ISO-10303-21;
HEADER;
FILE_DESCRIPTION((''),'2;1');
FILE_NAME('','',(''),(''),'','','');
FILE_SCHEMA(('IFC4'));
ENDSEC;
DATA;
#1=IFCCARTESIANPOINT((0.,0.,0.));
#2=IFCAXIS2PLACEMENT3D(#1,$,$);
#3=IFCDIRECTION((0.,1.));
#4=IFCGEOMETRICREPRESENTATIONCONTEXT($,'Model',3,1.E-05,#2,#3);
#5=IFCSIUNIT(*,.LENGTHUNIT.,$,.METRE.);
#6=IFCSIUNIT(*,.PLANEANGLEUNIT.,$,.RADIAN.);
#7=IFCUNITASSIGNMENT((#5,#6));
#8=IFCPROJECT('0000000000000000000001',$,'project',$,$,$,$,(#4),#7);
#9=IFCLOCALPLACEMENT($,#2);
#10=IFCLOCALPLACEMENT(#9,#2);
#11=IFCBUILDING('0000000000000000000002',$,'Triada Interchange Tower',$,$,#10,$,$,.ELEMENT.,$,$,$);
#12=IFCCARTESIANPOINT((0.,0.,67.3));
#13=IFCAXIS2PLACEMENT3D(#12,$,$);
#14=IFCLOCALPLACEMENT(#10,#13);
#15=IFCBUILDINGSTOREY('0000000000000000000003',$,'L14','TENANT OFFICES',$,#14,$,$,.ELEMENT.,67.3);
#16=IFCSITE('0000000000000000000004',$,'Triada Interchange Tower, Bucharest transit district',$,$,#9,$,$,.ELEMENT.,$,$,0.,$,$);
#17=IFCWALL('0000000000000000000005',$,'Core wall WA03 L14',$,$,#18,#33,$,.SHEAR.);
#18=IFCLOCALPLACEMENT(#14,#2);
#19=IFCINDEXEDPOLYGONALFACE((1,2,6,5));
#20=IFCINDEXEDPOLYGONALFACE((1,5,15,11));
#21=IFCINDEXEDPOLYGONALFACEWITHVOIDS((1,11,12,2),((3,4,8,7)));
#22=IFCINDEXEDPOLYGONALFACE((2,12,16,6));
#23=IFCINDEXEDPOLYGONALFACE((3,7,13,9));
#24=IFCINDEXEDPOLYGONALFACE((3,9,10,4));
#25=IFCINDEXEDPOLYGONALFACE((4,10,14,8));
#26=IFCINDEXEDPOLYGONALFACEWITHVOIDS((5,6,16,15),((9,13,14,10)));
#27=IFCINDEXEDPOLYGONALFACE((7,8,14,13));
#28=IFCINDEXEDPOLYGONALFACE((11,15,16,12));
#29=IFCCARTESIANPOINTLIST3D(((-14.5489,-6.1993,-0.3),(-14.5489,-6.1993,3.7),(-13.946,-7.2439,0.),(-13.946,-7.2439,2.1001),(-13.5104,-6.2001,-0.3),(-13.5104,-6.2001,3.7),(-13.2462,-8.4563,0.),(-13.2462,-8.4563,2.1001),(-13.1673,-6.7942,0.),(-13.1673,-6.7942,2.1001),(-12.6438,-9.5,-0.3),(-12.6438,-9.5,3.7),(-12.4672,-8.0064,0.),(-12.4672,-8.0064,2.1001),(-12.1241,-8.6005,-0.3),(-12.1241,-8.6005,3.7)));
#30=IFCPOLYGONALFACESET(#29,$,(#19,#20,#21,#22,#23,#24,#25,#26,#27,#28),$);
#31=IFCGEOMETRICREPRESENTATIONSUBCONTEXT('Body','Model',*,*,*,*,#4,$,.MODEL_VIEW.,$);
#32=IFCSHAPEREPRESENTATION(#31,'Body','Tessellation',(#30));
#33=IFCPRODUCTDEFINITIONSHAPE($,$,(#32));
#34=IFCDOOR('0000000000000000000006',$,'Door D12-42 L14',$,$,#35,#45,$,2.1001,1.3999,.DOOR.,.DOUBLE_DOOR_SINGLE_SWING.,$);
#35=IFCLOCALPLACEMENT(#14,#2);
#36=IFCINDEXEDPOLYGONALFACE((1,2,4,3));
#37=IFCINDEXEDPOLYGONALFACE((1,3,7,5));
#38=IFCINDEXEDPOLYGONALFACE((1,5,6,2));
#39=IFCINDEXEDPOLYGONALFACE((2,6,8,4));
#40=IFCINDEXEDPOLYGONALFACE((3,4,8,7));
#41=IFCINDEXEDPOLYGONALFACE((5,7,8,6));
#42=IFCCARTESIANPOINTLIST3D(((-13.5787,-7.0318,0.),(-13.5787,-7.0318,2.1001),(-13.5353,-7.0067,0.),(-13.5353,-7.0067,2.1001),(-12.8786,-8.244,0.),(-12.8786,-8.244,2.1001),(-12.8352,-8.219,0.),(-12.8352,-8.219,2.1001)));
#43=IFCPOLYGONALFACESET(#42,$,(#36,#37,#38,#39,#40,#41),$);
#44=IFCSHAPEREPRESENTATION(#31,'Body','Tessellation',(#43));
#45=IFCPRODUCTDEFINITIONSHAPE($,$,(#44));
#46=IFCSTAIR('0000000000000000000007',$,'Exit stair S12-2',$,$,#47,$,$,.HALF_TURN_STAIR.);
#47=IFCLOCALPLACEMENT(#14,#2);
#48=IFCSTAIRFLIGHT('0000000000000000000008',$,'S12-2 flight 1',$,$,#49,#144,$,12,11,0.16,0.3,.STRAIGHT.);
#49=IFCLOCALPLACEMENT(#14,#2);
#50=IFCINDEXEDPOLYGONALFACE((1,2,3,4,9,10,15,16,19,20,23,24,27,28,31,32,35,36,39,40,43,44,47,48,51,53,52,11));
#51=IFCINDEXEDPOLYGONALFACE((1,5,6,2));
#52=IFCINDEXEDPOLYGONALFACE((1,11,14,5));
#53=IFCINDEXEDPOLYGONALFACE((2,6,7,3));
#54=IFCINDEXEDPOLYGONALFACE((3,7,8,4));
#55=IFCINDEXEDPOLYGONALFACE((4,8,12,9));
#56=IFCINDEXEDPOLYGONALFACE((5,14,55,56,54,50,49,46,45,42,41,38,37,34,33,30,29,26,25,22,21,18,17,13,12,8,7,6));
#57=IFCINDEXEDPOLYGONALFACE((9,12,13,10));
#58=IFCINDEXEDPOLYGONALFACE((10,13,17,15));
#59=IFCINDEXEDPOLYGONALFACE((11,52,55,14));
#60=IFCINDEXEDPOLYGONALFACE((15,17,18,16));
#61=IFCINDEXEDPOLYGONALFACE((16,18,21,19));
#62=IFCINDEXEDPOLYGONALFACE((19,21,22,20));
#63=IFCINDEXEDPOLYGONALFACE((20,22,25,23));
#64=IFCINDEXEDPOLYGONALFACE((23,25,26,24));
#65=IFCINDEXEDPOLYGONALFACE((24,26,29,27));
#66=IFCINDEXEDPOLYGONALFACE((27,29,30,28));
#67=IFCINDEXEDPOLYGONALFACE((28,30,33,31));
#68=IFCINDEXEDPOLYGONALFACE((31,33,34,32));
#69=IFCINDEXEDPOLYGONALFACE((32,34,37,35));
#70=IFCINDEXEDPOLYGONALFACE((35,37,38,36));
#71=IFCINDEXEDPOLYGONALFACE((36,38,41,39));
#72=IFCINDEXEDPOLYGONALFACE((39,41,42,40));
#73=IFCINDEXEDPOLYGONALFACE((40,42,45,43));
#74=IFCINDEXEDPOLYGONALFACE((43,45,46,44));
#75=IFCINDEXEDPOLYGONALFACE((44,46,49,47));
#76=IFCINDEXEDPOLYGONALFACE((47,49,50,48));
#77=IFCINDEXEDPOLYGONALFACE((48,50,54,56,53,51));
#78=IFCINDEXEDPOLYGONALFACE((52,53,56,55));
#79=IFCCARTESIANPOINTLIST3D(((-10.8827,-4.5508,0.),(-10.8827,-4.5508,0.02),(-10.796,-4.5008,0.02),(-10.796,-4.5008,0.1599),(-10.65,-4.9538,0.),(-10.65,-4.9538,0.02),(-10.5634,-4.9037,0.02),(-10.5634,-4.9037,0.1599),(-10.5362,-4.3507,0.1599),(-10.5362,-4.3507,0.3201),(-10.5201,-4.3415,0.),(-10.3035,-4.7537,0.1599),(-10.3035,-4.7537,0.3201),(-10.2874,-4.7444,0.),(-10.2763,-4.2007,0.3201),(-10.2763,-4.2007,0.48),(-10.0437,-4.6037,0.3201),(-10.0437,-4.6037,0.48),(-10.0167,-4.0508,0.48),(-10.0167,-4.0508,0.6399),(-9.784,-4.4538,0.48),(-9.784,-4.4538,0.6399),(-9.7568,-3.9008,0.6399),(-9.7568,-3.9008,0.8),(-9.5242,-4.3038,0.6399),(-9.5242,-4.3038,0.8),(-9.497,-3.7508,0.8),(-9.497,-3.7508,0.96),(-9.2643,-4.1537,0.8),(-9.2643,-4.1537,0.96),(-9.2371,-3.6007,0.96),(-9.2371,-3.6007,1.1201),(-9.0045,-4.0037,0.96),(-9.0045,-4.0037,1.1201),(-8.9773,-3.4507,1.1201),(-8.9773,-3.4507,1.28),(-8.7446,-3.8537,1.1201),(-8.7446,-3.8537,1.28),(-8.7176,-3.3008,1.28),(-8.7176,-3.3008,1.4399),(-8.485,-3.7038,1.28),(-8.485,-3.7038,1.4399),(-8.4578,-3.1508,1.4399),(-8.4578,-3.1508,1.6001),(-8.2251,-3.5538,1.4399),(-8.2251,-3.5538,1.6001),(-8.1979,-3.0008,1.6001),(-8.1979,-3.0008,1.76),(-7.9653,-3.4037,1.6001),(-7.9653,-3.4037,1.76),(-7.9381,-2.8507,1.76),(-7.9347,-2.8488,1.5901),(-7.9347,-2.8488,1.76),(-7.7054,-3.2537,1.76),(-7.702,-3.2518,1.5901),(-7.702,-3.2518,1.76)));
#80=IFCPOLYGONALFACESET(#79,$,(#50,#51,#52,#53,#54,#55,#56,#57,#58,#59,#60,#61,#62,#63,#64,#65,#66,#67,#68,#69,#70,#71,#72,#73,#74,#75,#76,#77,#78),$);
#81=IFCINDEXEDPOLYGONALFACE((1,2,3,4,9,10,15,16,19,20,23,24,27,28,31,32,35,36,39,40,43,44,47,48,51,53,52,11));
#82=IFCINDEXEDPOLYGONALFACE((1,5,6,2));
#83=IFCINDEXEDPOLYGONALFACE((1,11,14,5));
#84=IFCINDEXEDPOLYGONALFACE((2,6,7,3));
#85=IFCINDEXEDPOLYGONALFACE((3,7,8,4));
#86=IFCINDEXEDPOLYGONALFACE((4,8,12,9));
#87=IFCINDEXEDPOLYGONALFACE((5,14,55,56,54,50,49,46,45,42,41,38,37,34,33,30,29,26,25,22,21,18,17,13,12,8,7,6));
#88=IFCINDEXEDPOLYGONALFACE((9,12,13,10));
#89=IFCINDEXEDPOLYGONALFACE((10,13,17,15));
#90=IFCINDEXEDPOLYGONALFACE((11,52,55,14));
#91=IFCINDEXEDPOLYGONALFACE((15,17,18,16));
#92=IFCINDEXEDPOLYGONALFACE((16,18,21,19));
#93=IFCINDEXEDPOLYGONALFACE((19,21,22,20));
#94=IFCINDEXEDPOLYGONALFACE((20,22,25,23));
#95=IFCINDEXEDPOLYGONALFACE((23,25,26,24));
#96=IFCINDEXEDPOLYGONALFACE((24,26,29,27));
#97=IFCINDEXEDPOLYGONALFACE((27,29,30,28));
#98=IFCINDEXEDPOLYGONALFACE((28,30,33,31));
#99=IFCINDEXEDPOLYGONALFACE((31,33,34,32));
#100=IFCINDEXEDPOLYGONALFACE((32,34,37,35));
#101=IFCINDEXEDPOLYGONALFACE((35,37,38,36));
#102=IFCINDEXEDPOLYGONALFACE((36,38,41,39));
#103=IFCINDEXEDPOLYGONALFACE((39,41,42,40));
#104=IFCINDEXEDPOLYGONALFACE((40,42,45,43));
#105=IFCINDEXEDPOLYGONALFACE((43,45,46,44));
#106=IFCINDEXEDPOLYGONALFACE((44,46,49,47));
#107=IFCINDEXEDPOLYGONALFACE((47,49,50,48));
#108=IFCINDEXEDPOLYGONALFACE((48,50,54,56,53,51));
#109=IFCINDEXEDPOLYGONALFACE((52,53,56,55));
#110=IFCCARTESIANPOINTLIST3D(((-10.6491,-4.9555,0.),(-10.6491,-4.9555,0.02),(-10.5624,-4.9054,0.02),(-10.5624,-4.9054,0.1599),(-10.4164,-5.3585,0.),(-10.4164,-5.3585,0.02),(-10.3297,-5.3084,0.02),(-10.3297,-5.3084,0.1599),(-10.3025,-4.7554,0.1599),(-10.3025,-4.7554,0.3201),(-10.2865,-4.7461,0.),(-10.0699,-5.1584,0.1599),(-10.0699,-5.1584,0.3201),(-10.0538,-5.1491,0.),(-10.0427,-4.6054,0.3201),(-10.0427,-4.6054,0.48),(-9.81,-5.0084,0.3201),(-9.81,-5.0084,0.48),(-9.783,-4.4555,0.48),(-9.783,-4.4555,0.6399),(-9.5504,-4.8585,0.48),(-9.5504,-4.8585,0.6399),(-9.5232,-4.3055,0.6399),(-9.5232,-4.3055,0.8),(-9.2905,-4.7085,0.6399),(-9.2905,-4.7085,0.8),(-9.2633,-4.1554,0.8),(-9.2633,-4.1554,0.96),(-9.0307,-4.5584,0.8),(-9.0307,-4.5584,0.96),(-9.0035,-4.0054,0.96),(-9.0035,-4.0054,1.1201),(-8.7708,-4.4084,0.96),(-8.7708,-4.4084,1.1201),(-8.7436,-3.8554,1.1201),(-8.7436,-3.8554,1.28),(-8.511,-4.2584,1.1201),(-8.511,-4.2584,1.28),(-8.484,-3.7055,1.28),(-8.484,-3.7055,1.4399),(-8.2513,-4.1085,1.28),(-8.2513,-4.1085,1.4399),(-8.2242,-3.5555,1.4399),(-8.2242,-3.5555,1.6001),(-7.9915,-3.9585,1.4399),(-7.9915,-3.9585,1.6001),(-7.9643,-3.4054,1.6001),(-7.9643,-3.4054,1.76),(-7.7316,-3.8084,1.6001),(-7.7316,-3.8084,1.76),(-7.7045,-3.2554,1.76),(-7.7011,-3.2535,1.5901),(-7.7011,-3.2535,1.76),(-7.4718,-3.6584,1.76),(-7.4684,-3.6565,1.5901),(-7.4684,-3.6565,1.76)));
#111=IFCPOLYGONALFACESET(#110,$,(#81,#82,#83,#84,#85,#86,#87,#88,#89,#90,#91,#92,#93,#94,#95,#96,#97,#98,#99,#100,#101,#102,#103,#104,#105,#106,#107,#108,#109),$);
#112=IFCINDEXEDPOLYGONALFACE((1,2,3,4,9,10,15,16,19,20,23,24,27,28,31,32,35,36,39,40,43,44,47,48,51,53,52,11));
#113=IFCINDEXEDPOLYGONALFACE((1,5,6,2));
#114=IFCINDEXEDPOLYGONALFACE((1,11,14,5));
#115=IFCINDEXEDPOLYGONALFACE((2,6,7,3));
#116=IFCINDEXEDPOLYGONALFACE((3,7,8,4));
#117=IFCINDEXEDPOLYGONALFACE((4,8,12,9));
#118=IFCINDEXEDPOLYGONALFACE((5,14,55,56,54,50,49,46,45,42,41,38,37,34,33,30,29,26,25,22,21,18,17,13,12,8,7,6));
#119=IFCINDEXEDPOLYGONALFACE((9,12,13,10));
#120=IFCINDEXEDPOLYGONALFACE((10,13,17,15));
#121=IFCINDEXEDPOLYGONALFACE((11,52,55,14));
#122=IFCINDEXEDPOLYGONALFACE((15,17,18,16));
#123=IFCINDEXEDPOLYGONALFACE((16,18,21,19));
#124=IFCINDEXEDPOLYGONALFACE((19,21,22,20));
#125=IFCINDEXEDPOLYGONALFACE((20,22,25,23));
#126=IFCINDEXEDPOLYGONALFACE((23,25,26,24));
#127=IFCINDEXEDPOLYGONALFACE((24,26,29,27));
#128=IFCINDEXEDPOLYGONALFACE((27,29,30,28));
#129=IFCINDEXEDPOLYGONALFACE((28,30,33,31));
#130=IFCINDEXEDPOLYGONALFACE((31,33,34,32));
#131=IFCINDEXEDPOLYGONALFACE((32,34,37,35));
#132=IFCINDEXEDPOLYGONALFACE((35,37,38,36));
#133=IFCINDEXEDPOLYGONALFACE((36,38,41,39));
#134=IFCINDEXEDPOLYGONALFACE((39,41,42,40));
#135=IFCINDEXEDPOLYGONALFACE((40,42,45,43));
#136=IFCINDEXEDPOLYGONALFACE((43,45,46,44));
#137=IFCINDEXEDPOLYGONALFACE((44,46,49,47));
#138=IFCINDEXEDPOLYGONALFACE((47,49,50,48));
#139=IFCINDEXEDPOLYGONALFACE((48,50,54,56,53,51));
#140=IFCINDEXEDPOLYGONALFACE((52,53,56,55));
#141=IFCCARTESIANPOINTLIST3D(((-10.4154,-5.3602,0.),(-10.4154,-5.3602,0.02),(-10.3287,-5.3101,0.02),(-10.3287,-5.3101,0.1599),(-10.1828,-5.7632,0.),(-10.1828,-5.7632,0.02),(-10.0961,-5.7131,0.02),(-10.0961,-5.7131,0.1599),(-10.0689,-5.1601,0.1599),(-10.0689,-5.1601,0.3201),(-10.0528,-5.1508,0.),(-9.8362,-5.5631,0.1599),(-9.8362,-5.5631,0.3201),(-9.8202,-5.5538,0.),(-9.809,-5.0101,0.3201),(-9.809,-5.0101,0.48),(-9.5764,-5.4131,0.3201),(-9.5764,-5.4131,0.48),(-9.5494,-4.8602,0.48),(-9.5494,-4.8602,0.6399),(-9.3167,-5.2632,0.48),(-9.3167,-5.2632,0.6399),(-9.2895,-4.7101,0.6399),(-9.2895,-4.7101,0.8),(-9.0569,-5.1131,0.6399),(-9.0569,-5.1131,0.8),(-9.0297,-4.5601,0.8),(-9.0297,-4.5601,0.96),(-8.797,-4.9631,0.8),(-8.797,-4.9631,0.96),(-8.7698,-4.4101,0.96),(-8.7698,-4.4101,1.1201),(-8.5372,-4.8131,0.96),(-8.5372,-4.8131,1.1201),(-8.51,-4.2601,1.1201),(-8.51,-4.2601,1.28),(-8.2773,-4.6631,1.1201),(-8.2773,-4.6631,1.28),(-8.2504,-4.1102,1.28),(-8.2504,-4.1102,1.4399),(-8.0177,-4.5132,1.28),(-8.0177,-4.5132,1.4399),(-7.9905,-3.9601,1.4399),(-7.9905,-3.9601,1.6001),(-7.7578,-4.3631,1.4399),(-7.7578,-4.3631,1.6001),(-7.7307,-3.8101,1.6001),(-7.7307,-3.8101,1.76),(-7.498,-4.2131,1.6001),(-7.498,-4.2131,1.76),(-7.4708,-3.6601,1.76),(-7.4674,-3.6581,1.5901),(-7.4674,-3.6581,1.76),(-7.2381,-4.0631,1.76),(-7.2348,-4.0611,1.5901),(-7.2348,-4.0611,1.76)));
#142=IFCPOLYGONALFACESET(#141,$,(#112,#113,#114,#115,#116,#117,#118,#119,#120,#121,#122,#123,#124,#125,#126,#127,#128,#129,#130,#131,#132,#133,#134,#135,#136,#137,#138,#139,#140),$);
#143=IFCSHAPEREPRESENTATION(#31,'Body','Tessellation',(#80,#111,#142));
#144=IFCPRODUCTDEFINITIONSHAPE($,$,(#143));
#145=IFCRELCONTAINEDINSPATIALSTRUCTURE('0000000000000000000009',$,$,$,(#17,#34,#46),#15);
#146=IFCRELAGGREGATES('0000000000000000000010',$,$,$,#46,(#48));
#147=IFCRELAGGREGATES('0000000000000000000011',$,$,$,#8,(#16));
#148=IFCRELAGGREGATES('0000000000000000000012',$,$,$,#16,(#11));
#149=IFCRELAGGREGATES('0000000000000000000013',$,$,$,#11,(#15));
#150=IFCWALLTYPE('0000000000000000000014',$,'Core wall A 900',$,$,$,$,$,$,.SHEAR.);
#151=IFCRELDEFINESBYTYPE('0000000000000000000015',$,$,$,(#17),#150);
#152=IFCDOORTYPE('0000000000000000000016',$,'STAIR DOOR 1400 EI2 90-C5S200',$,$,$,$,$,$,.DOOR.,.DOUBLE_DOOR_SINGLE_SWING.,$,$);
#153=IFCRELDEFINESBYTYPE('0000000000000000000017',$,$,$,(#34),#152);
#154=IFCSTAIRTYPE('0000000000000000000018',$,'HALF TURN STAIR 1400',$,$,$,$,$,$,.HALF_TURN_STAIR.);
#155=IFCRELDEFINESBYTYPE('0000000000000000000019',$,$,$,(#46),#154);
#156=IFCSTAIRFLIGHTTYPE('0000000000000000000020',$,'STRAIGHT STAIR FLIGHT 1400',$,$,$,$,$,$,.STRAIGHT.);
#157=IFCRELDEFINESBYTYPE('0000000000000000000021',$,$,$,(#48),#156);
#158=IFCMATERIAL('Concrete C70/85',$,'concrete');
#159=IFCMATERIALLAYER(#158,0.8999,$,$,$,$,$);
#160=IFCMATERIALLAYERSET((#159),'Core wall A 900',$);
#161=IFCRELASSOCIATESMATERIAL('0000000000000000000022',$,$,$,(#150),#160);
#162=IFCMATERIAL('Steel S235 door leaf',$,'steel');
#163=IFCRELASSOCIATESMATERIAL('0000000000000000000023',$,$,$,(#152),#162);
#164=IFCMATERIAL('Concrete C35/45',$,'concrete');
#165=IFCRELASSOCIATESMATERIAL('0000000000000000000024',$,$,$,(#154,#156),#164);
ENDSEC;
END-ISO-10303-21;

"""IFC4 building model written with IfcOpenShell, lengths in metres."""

from ifc_helpers import new_model, si_unit, direction, frame, frame_2d, origin, place, context, subcontext, project, spatial, polyline, rectangle, outline, extrude, material, layer, layer_set, type_object, element, fill, aggregate, save


model = new_model("IFC4")

# Units and contexts
model_context = context("Model", 3, precision=1e-05, world=origin(), true_north=direction((0.0, 1.0)))
body_context = subcontext(model_context, "Body", "Model", "MODEL_VIEW")
ifc_project = project(units=[si_unit("LENGTHUNIT", "METRE"), si_unit("PLANEANGLEUNIT", "RADIAN")], contexts=[model_context])

# Site, building, storey
site_placement = place(None, origin())
site = spatial("IfcSite", under=ifc_project, at=site_placement, Name="Triada Interchange Tower, Bucharest transit district", CompositionType="ELEMENT", RefElevation=0.0)
building_placement = place(site_placement, origin())
building = spatial("IfcBuilding", under=site, at=building_placement, Name="Triada Interchange Tower", CompositionType="ELEMENT")
storey_placement = place(building_placement, frame((0.0, 0.0, 67.3)))
storey = spatial("IfcBuildingStorey", under=building, at=storey_placement, Name="L14", Description="TENANT OFFICES", CompositionType="ELEMENT", Elevation=67.3)

# Shared definitions
ifc_material_1 = material(Name="Steel S235 door leaf", Category="steel")

# Wall, opening, door
ifc_material_2 = material(Name="Concrete C70/85", Category="concrete")
ifc_layer_1 = layer(ifc_material_2, 0.8999)
ifc_layer_set_1 = layer_set([ifc_layer_1], Name="Core wall A 900")
wall_type_1 = type_object("IfcWallType", Name="Core wall A 900", PredefinedType="SHEAR", material=ifc_layer_set_1)
wall_1_placement = place(storey_placement, frame((-14.03, -6.2, -0.3), z_axis=(0.0, 0.0, 1.0), x_axis=(0.500112, -0.865961, 0.0)))
wall_1 = element("IfcWall", 1, at=wall_1_placement, inside=storey, type_object=wall_type_1, Name="Core wall WA03 L14", PredefinedType="SHEAR", context=body_context, shape_type="SweptSolid", body=[
    extrude(outline(polyline([(-0.26, -0.449), (1.6455, -0.4495), (3.551, -0.45), (3.032, 0.45), (1.646, 0.45), (0.26, 0.45), (-0.26, -0.449)])), origin(), (0.0, 0.0, 1.0), 4.0),
])
opening_1_placement = place(wall_1_placement, frame((0.946, 0.0, 0.3)))
opening_1 = element("IfcOpeningElement", 2, at=opening_1_placement, cuts=wall_1, PredefinedType="OPENING", context=body_context, shape_type="SweptSolid", body=[
    extrude(rectangle(XDim=1.3999, YDim=2.1001, at=frame_2d((0.7, 1.05))), frame((0.0, 0.46, 0.0), z_axis=(0.0, -1.0, 0.0), x_axis=(1.0, 0.0, 0.0)), (0.0, 0.0, 1.0), 0.9199),
])
door_type_1 = type_object("IfcDoorType", Name="STAIR DOOR 1400 EI2 90-C5S200", OperationType="DOUBLE_DOOR_SINGLE_SWING", PredefinedType="DOOR", material=ifc_material_1)
door_1_placement = place(opening_1_placement, origin())
door_1 = element("IfcDoor", 3, at=door_1_placement, inside=storey, type_object=door_type_1, Name="Door D12-42 L14", OperationType="DOUBLE_DOOR_SINGLE_SWING", OverallHeight=2.1001, OverallWidth=1.3999, PredefinedType="DOOR", context=body_context, shape_type="SweptSolid", body=[
    extrude(rectangle(XDim=1.3999, YDim=2.1001, at=frame_2d((0.7, 1.05))), frame((0.0, 0.0249, 0.0), z_axis=(0.0, -1.0, 0.0), x_axis=(1.0, 0.0, 0.0)), (0.0, 0.0, 1.0), 0.05),
])
fill(opening_1, door_1)

# Stair, stair flight
ifc_material_3 = material(Name="Concrete C35/45", Category="concrete")
stair_type = type_object("IfcStairType", Name="HALF TURN STAIR 1400", PredefinedType="HALF_TURN_STAIR", material=ifc_material_3)
stair_placement = place(storey_placement, origin())
stair = element("IfcStair", 4, at=stair_placement, inside=storey, type_object=stair_type, Name="Exit stair S12-2", PredefinedType="HALF_TURN_STAIR")
stair_flight_type = type_object("IfcStairFlightType", Name="STRAIGHT STAIR FLIGHT 1400", PredefinedType="STRAIGHT", material=ifc_material_3)
stair_flight_1_placement = place(storey_placement, frame((-10.446, -5.1069, 0.0), z_axis=(0.0, 0.0, 1.0), x_axis=(0.866025, 0.5, 0.0)))
stair_flight_1 = element("IfcStairFlight", 5, at=stair_flight_1_placement, type_object=stair_flight_type, Name="S12-2 flight 1", NumberOfRisers=12, NumberOfTreads=11, PredefinedType="STRAIGHT", RiserHeight=0.16, TreadLength=0.3, context=body_context, shape_type="SweptSolid", body=[
    extrude(outline(polyline([(-0.1001, 0.0), (-0.1001, 0.02), (0.0, 0.02), (0.0, 0.1599), (0.3, 0.1599), (0.3, 0.3201), (0.6001, 0.3201), (0.6001, 0.48), (0.8999, 0.48), (0.8999, 0.6399), (1.2, 0.6399), (1.2, 0.8), (1.5, 0.8), (1.5, 0.96), (1.8, 0.96), (1.8, 1.1201), (2.1001, 1.1201), (2.1001, 1.28), (2.3999, 1.28), (2.3999, 1.4399), (2.7, 1.4399), (2.7, 1.6001), (3.0, 1.6001), (3.0, 1.76), (3.3, 1.76), (3.304, 1.76), (3.304, 1.9199), (3.304, 1.5901), (0.3186, 0.0), (-0.1001, 0.0)])), frame((0.0, 0.7, 0.0), z_axis=(0.0, -1.0, 0.0), x_axis=(1.0, 0.0, 0.0)), (0.0, 0.0, 1.0), 0.4653),
    extrude(outline(polyline([(-0.1001, 0.0), (-0.1001, 0.02), (0.0, 0.02), (0.0, 0.1599), (0.3, 0.1599), (0.3, 0.3201), (0.6001, 0.3201), (0.6001, 0.48), (0.8999, 0.48), (0.8999, 0.6399), (1.2, 0.6399), (1.2, 0.8), (1.5, 0.8), (1.5, 0.96), (1.8, 0.96), (1.8, 1.1201), (2.1001, 1.1201), (2.1001, 1.28), (2.3999, 1.28), (2.3999, 1.4399), (2.7, 1.4399), (2.7, 1.6001), (3.0, 1.6001), (3.0, 1.76), (3.3, 1.76), (3.304, 1.76), (3.304, 1.9199), (3.304, 1.5901), (0.3186, 0.0), (-0.1001, 0.0)])), frame((0.0, 0.2327, 0.0), z_axis=(0.0, -1.0, 0.0), x_axis=(1.0, 0.0, 0.0)), (0.0, 0.0, 1.0), 0.4653),
    extrude(outline(polyline([(-0.1001, 0.0), (-0.1001, 0.02), (0.0, 0.02), (0.0, 0.1599), (0.3, 0.1599), (0.3, 0.3201), (0.6001, 0.3201), (0.6001, 0.48), (0.8999, 0.48), (0.8999, 0.6399), (1.2, 0.6399), (1.2, 0.8), (1.5, 0.8), (1.5, 0.96), (1.8, 0.96), (1.8, 1.1201), (2.1001, 1.1201), (2.1001, 1.28), (2.3999, 1.28), (2.3999, 1.4399), (2.7, 1.4399), (2.7, 1.6001), (3.0, 1.6001), (3.0, 1.76), (3.3, 1.76), (3.304, 1.76), (3.304, 1.9199), (3.304, 1.5901), (0.3186, 0.0), (-0.1001, 0.0)])), frame((0.0, -0.2346, 0.0), z_axis=(0.0, -1.0, 0.0), x_axis=(1.0, 0.0, 0.0)), (0.0, 0.0, 1.0), 0.4653),
])
aggregate(stair, [stair_flight_1])

save(model, "model.ifc")
